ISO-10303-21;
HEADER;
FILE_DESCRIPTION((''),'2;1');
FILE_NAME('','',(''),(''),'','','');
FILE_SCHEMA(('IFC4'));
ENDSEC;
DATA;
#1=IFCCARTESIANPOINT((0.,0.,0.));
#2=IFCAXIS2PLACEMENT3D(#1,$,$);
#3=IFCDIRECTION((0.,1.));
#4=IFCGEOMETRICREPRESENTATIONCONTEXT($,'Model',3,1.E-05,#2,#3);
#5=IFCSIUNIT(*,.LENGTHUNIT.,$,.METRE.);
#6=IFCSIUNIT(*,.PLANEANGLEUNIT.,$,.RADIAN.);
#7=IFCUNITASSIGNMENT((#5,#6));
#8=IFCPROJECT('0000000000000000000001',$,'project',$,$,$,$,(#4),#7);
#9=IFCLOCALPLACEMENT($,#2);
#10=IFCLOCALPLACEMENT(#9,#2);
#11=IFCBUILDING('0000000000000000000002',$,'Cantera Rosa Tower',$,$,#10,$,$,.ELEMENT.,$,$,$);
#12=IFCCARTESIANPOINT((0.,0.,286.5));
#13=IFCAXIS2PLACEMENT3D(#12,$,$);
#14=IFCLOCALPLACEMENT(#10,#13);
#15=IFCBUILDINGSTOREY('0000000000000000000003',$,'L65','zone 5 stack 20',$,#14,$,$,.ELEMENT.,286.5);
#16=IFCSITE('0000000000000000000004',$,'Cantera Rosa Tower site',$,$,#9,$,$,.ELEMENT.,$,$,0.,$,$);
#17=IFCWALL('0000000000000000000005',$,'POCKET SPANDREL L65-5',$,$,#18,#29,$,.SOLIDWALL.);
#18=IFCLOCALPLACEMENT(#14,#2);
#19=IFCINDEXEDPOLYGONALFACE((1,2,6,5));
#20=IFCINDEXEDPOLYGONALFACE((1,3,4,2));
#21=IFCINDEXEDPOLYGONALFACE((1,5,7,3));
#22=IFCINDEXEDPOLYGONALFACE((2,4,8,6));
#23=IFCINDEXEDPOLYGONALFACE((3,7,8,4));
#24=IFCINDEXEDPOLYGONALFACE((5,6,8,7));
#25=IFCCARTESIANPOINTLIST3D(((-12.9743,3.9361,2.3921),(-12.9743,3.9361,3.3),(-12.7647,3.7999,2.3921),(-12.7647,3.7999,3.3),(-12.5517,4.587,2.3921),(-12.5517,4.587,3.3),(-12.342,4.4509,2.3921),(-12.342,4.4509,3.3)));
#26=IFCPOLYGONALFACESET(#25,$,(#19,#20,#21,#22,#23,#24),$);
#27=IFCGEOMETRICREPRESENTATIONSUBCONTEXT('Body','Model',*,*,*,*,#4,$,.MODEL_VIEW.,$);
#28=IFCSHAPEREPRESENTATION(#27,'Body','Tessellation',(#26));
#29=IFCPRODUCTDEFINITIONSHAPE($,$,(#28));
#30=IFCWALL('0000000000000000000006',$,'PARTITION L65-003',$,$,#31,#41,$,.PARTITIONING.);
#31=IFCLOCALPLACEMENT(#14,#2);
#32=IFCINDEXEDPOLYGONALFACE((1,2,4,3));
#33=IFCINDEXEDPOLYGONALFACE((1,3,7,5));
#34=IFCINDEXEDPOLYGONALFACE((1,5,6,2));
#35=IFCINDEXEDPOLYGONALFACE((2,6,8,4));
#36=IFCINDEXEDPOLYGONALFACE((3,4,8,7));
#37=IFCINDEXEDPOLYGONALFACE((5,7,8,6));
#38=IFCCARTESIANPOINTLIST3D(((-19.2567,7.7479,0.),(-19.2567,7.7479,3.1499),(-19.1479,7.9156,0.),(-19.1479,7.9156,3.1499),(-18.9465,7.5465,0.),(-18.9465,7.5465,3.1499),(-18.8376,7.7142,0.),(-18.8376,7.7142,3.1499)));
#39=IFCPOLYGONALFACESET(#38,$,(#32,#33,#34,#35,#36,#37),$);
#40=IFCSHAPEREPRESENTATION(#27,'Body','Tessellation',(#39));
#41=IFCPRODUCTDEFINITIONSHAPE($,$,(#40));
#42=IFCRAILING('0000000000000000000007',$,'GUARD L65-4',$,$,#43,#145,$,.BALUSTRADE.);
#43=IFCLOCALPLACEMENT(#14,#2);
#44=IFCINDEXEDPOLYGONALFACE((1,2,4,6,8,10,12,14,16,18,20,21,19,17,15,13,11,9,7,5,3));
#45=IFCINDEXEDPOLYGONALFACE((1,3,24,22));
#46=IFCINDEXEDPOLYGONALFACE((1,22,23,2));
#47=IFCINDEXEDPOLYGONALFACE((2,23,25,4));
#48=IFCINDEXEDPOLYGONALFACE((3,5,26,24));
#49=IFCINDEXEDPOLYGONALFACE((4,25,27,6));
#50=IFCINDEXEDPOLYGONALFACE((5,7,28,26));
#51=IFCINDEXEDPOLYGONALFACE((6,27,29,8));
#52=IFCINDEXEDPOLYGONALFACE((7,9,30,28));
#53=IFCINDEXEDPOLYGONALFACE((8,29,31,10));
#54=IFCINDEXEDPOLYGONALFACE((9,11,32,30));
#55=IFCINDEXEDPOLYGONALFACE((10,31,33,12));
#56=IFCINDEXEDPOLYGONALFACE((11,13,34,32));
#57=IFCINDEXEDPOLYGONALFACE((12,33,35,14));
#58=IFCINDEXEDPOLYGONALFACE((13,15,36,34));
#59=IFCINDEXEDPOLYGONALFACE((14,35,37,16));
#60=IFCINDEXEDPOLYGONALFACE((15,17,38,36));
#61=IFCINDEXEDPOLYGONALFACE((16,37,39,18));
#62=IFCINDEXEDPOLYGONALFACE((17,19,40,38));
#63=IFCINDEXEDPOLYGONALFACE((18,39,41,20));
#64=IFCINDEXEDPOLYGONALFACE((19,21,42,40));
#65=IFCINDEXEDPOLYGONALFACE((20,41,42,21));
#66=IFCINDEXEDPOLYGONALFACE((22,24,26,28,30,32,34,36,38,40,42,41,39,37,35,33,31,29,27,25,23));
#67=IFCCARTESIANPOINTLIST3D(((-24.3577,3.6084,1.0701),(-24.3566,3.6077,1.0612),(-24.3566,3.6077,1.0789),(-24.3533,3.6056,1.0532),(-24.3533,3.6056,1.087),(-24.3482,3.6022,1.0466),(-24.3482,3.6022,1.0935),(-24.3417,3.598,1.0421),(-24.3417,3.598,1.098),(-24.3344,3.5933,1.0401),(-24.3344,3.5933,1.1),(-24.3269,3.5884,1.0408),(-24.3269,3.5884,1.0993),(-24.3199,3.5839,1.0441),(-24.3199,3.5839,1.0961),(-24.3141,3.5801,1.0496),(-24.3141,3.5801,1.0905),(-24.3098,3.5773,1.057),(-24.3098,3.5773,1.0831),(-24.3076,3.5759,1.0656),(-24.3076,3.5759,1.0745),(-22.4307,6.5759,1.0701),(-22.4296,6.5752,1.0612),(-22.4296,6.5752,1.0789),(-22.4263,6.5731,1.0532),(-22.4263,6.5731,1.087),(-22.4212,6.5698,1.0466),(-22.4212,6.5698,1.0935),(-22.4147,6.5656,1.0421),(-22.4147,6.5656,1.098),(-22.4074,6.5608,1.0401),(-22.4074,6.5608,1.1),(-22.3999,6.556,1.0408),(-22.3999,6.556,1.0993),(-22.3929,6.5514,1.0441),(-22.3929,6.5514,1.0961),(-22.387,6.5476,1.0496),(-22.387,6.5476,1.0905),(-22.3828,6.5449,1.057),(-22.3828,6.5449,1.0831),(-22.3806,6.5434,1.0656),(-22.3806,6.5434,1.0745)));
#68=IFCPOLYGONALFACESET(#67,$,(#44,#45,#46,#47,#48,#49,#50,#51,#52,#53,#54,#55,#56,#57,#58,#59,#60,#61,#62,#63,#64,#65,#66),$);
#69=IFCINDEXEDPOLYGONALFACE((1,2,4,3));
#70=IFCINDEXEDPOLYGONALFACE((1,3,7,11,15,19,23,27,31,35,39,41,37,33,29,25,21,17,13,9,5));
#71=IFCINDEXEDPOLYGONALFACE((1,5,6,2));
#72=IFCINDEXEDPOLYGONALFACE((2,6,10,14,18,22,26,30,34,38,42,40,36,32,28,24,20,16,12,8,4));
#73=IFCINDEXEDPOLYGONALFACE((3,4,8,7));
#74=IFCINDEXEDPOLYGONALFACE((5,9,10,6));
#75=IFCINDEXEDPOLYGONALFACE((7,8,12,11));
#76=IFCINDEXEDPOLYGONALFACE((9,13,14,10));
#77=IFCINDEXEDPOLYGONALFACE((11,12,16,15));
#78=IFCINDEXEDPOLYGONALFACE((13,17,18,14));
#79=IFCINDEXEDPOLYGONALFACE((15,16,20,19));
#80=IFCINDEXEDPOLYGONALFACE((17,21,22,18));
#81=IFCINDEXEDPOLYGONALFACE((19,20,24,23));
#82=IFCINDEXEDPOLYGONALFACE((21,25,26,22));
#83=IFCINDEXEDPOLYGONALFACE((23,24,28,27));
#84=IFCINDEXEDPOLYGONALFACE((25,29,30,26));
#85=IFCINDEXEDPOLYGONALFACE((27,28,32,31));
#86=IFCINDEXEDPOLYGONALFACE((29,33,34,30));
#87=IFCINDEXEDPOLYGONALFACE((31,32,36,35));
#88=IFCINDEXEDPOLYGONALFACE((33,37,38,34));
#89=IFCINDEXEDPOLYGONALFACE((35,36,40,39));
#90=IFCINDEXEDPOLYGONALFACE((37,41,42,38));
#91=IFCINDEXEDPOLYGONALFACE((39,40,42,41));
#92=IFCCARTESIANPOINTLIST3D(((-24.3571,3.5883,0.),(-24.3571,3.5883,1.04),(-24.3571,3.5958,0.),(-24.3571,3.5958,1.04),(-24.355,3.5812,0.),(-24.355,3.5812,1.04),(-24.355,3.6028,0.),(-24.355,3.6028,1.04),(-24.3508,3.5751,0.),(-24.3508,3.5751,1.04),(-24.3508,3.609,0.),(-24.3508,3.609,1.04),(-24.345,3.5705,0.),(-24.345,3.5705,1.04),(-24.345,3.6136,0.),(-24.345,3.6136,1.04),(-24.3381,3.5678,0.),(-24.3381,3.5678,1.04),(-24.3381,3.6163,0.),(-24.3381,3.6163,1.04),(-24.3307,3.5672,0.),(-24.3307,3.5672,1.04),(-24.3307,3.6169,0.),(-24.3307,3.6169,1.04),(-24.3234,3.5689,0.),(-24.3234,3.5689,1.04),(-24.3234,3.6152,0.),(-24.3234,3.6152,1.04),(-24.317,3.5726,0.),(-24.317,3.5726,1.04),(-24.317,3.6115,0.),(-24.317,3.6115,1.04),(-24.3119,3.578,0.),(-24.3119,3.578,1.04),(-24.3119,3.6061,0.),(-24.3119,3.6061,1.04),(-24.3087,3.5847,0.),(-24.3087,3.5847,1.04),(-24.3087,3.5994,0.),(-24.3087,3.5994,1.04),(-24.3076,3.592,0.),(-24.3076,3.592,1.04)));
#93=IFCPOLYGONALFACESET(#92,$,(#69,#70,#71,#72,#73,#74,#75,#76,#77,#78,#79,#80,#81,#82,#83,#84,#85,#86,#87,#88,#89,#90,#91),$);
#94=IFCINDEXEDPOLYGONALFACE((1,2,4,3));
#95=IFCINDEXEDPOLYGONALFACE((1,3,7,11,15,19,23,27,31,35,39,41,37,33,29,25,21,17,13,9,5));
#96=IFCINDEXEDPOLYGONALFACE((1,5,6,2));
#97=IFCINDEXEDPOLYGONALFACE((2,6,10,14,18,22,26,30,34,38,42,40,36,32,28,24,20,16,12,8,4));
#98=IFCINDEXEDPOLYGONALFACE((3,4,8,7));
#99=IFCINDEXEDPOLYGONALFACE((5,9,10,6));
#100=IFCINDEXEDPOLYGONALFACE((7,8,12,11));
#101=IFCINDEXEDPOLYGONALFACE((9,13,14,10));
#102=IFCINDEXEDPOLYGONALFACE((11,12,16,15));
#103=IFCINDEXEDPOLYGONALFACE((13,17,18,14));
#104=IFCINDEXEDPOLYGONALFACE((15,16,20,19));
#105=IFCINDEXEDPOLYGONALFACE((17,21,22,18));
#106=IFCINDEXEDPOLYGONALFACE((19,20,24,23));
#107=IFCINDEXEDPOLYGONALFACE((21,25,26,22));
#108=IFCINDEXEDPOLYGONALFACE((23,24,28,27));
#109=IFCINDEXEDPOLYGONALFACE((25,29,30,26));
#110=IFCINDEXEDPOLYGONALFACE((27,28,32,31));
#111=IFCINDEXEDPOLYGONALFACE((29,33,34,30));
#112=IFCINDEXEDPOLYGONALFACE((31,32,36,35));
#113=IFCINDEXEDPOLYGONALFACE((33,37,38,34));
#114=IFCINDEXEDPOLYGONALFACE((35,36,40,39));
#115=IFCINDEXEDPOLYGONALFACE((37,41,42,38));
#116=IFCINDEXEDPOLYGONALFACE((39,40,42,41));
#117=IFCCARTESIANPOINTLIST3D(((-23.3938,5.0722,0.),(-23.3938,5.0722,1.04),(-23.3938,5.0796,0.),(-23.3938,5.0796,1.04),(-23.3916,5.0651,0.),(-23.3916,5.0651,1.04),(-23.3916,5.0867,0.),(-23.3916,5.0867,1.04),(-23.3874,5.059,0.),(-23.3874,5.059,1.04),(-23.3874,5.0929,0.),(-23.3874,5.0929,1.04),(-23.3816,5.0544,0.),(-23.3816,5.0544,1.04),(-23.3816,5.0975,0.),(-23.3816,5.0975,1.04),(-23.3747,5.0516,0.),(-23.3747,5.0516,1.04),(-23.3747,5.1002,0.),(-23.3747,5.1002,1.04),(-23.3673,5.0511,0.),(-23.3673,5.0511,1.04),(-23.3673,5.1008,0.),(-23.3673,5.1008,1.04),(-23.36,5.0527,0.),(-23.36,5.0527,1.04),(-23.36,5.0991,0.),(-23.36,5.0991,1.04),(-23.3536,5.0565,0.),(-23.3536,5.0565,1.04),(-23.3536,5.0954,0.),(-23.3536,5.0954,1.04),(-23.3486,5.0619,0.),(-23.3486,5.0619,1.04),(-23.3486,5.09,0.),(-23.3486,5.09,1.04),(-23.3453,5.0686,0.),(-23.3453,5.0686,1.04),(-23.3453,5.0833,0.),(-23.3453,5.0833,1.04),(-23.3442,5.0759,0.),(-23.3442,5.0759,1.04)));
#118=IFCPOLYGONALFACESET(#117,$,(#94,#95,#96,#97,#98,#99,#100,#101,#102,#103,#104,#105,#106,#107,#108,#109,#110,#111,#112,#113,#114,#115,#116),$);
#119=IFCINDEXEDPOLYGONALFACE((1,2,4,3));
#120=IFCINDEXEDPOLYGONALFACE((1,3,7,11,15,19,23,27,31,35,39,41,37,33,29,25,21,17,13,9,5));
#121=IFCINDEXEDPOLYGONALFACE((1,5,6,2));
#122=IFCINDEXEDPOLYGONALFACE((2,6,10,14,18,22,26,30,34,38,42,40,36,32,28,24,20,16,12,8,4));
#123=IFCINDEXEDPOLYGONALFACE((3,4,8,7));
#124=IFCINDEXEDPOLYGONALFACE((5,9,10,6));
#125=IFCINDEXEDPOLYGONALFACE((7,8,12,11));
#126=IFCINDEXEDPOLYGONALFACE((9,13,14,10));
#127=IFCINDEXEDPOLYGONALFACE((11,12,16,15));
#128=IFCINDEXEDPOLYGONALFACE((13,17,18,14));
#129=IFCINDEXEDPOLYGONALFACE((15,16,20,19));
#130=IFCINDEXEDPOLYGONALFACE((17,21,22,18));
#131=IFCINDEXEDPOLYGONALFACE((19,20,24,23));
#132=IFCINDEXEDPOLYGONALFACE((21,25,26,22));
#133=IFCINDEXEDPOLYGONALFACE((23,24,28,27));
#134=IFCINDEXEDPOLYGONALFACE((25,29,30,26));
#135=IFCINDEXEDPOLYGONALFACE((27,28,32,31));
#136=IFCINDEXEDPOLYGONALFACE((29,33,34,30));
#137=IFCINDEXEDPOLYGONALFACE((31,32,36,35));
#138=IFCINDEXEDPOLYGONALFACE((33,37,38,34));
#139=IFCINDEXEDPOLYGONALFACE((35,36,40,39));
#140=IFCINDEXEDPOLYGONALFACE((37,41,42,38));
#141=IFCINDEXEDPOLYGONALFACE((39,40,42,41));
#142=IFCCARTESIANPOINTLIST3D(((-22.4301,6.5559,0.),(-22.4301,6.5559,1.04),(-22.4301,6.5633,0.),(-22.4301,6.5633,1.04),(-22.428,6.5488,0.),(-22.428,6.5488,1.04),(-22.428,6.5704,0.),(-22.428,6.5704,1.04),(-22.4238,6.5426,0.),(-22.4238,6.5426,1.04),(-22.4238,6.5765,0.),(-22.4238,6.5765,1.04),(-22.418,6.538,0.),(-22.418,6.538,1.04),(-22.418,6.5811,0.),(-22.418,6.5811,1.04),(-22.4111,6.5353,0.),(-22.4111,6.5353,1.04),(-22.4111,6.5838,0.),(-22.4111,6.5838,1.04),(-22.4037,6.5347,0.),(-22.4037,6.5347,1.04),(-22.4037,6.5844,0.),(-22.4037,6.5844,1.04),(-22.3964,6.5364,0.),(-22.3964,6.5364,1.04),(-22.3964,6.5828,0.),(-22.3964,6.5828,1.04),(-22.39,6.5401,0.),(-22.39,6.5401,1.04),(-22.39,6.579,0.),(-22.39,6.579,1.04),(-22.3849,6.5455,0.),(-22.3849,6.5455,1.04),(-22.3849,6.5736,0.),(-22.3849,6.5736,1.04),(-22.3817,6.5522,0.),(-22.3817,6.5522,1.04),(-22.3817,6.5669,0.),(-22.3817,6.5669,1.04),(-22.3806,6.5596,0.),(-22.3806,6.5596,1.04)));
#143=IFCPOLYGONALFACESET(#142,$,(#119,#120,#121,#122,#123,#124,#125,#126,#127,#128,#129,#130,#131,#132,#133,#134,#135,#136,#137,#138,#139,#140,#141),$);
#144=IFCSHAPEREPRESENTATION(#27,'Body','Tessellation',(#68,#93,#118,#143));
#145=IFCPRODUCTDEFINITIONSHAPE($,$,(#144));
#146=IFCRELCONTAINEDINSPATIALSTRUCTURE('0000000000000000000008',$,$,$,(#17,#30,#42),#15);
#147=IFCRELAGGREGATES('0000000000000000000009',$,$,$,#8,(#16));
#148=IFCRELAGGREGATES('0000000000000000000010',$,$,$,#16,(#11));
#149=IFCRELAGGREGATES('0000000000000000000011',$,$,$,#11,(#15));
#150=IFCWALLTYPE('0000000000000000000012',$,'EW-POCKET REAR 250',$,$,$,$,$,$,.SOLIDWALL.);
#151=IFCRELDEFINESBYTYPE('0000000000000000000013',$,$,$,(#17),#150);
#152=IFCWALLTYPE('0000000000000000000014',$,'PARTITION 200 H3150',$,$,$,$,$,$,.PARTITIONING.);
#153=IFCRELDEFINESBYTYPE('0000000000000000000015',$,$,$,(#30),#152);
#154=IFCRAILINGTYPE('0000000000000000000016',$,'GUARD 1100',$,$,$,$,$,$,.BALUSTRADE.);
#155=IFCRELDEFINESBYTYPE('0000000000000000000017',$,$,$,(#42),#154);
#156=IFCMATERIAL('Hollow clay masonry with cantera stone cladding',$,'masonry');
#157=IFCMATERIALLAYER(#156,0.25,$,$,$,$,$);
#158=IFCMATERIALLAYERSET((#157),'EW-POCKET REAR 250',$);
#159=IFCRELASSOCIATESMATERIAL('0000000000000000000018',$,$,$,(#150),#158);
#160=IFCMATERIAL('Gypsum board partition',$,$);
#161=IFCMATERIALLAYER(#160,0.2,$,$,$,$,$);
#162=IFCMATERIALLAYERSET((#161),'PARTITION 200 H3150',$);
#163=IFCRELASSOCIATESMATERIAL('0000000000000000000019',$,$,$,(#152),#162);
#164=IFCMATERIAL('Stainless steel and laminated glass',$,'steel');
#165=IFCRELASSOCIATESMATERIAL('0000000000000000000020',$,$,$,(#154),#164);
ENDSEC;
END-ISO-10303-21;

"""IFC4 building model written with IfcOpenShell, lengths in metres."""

from ifc_helpers import new_model, si_unit, direction, frame, frame_2d, origin, origin_2d, place, context, subcontext, project, spatial, rectangle, circle, extrude, material, layer, layer_set, type_object, element, save


model = new_model("IFC4")

# Units and contexts
model_context = context("Model", 3, precision=1e-05, world=origin(), true_north=direction((0.0, 1.0)))
body_context = subcontext(model_context, "Body", "Model", "MODEL_VIEW")
ifc_project = project(units=[si_unit("LENGTHUNIT", "METRE"), si_unit("PLANEANGLEUNIT", "RADIAN")], contexts=[model_context])

# Site, building, storey
site_placement = place(None, origin())
site = spatial("IfcSite", under=ifc_project, at=site_placement, Name="Cantera Rosa Tower site", CompositionType="ELEMENT", RefElevation=0.0)
building_placement = place(site_placement, origin())
building = spatial("IfcBuilding", under=site, at=building_placement, Name="Cantera Rosa Tower", CompositionType="ELEMENT")
storey_placement = place(building_placement, frame((0.0, 0.0, 286.5)))
storey = spatial("IfcBuildingStorey", under=building, at=storey_placement, Name="L65", Description="zone 5 stack 20", CompositionType="ELEMENT", Elevation=286.5)

# Walls
ifc_material_1 = material(Name="Hollow clay masonry with cantera stone cladding", Category="masonry")
ifc_layer_1 = layer(ifc_material_1, 0.25)
ifc_layer_set_1 = layer_set([ifc_layer_1], Name="EW-POCKET REAR 250")
wall_type_1 = type_object("IfcWallType", Name="EW-POCKET REAR 250", PredefinedType="SOLIDWALL", material=ifc_layer_set_1)
wall_1_placement = place(storey_placement, frame((-12.4468, 4.519, 2.3921), z_axis=(0.0, 0.0, 1.0), x_axis=(-0.544568, -0.838717, 0.0)))
element("IfcWall", 1, at=wall_1_placement, inside=storey, type_object=wall_type_1, Name="POCKET SPANDREL L65-5", PredefinedType="SOLIDWALL", context=body_context, shape_type="SweptSolid", body=[
    extrude(rectangle(XDim=0.7761, YDim=0.25, at=frame_2d((0.3882, 0.0))), origin(), (0.0, 0.0, 1.0), 0.908),
])
ifc_material_2 = material(Name="Gypsum board partition")
ifc_layer_2 = layer(ifc_material_2, 0.2)
ifc_layer_set_2 = layer_set([ifc_layer_2], Name="PARTITION 200 H3150")
wall_type_2 = type_object("IfcWallType", Name="PARTITION 200 H3150", PredefinedType="PARTITIONING", material=ifc_layer_set_2)
wall_2_placement = place(storey_placement, frame((-19.2024, 7.8318, 0.0), z_axis=(0.0, 0.0, 1.0), x_axis=(0.83879, -0.544455, 0.0)))
element("IfcWall", 2, at=wall_2_placement, inside=storey, type_object=wall_type_2, Name="PARTITION L65-003", PredefinedType="PARTITIONING", context=body_context, shape_type="SweptSolid", body=[
    extrude(rectangle(XDim=0.3699, YDim=0.2, at=frame_2d((0.1851, 0.0))), origin(), (0.0, 0.0, 1.0), 3.1499),
])

# Railing
ifc_material_3 = material(Name="Stainless steel and laminated glass", Category="steel")
railing_type = type_object("IfcRailingType", Name="GUARD 1100", PredefinedType="BALUSTRADE", material=ifc_material_3)
railing_1_placement = place(storey_placement, frame((-24.3325, 3.592, 0.0)))
element("IfcRailing", 3, at=railing_1_placement, inside=storey, type_object=railing_type, Name="GUARD L65-4", PredefinedType="BALUSTRADE", context=body_context, shape_type="SweptSolid", body=[
    extrude(circle(Radius=0.03, at=origin_2d()), frame((0.0, 0.0, 1.0701), z_axis=(0.544612, 0.838688, 0.0), x_axis=(-0.838688, 0.544612, 0.0)), (0.0, 0.0, 1.0), 3.5383),
    extrude(circle(Radius=0.0249, at=origin_2d()), origin(), (0.0, 0.0, 1.0), 1.04),
    extrude(circle(Radius=0.0249, at=origin_2d()), frame((0.9634, 1.4839, 0.0)), (0.0, 0.0, 1.0), 1.04),
    extrude(circle(Radius=0.0249, at=origin_2d()), frame((1.927, 2.9675, 0.0)), (0.0, 0.0, 1.0), 1.04),
])

save(model, "model.ifc")
